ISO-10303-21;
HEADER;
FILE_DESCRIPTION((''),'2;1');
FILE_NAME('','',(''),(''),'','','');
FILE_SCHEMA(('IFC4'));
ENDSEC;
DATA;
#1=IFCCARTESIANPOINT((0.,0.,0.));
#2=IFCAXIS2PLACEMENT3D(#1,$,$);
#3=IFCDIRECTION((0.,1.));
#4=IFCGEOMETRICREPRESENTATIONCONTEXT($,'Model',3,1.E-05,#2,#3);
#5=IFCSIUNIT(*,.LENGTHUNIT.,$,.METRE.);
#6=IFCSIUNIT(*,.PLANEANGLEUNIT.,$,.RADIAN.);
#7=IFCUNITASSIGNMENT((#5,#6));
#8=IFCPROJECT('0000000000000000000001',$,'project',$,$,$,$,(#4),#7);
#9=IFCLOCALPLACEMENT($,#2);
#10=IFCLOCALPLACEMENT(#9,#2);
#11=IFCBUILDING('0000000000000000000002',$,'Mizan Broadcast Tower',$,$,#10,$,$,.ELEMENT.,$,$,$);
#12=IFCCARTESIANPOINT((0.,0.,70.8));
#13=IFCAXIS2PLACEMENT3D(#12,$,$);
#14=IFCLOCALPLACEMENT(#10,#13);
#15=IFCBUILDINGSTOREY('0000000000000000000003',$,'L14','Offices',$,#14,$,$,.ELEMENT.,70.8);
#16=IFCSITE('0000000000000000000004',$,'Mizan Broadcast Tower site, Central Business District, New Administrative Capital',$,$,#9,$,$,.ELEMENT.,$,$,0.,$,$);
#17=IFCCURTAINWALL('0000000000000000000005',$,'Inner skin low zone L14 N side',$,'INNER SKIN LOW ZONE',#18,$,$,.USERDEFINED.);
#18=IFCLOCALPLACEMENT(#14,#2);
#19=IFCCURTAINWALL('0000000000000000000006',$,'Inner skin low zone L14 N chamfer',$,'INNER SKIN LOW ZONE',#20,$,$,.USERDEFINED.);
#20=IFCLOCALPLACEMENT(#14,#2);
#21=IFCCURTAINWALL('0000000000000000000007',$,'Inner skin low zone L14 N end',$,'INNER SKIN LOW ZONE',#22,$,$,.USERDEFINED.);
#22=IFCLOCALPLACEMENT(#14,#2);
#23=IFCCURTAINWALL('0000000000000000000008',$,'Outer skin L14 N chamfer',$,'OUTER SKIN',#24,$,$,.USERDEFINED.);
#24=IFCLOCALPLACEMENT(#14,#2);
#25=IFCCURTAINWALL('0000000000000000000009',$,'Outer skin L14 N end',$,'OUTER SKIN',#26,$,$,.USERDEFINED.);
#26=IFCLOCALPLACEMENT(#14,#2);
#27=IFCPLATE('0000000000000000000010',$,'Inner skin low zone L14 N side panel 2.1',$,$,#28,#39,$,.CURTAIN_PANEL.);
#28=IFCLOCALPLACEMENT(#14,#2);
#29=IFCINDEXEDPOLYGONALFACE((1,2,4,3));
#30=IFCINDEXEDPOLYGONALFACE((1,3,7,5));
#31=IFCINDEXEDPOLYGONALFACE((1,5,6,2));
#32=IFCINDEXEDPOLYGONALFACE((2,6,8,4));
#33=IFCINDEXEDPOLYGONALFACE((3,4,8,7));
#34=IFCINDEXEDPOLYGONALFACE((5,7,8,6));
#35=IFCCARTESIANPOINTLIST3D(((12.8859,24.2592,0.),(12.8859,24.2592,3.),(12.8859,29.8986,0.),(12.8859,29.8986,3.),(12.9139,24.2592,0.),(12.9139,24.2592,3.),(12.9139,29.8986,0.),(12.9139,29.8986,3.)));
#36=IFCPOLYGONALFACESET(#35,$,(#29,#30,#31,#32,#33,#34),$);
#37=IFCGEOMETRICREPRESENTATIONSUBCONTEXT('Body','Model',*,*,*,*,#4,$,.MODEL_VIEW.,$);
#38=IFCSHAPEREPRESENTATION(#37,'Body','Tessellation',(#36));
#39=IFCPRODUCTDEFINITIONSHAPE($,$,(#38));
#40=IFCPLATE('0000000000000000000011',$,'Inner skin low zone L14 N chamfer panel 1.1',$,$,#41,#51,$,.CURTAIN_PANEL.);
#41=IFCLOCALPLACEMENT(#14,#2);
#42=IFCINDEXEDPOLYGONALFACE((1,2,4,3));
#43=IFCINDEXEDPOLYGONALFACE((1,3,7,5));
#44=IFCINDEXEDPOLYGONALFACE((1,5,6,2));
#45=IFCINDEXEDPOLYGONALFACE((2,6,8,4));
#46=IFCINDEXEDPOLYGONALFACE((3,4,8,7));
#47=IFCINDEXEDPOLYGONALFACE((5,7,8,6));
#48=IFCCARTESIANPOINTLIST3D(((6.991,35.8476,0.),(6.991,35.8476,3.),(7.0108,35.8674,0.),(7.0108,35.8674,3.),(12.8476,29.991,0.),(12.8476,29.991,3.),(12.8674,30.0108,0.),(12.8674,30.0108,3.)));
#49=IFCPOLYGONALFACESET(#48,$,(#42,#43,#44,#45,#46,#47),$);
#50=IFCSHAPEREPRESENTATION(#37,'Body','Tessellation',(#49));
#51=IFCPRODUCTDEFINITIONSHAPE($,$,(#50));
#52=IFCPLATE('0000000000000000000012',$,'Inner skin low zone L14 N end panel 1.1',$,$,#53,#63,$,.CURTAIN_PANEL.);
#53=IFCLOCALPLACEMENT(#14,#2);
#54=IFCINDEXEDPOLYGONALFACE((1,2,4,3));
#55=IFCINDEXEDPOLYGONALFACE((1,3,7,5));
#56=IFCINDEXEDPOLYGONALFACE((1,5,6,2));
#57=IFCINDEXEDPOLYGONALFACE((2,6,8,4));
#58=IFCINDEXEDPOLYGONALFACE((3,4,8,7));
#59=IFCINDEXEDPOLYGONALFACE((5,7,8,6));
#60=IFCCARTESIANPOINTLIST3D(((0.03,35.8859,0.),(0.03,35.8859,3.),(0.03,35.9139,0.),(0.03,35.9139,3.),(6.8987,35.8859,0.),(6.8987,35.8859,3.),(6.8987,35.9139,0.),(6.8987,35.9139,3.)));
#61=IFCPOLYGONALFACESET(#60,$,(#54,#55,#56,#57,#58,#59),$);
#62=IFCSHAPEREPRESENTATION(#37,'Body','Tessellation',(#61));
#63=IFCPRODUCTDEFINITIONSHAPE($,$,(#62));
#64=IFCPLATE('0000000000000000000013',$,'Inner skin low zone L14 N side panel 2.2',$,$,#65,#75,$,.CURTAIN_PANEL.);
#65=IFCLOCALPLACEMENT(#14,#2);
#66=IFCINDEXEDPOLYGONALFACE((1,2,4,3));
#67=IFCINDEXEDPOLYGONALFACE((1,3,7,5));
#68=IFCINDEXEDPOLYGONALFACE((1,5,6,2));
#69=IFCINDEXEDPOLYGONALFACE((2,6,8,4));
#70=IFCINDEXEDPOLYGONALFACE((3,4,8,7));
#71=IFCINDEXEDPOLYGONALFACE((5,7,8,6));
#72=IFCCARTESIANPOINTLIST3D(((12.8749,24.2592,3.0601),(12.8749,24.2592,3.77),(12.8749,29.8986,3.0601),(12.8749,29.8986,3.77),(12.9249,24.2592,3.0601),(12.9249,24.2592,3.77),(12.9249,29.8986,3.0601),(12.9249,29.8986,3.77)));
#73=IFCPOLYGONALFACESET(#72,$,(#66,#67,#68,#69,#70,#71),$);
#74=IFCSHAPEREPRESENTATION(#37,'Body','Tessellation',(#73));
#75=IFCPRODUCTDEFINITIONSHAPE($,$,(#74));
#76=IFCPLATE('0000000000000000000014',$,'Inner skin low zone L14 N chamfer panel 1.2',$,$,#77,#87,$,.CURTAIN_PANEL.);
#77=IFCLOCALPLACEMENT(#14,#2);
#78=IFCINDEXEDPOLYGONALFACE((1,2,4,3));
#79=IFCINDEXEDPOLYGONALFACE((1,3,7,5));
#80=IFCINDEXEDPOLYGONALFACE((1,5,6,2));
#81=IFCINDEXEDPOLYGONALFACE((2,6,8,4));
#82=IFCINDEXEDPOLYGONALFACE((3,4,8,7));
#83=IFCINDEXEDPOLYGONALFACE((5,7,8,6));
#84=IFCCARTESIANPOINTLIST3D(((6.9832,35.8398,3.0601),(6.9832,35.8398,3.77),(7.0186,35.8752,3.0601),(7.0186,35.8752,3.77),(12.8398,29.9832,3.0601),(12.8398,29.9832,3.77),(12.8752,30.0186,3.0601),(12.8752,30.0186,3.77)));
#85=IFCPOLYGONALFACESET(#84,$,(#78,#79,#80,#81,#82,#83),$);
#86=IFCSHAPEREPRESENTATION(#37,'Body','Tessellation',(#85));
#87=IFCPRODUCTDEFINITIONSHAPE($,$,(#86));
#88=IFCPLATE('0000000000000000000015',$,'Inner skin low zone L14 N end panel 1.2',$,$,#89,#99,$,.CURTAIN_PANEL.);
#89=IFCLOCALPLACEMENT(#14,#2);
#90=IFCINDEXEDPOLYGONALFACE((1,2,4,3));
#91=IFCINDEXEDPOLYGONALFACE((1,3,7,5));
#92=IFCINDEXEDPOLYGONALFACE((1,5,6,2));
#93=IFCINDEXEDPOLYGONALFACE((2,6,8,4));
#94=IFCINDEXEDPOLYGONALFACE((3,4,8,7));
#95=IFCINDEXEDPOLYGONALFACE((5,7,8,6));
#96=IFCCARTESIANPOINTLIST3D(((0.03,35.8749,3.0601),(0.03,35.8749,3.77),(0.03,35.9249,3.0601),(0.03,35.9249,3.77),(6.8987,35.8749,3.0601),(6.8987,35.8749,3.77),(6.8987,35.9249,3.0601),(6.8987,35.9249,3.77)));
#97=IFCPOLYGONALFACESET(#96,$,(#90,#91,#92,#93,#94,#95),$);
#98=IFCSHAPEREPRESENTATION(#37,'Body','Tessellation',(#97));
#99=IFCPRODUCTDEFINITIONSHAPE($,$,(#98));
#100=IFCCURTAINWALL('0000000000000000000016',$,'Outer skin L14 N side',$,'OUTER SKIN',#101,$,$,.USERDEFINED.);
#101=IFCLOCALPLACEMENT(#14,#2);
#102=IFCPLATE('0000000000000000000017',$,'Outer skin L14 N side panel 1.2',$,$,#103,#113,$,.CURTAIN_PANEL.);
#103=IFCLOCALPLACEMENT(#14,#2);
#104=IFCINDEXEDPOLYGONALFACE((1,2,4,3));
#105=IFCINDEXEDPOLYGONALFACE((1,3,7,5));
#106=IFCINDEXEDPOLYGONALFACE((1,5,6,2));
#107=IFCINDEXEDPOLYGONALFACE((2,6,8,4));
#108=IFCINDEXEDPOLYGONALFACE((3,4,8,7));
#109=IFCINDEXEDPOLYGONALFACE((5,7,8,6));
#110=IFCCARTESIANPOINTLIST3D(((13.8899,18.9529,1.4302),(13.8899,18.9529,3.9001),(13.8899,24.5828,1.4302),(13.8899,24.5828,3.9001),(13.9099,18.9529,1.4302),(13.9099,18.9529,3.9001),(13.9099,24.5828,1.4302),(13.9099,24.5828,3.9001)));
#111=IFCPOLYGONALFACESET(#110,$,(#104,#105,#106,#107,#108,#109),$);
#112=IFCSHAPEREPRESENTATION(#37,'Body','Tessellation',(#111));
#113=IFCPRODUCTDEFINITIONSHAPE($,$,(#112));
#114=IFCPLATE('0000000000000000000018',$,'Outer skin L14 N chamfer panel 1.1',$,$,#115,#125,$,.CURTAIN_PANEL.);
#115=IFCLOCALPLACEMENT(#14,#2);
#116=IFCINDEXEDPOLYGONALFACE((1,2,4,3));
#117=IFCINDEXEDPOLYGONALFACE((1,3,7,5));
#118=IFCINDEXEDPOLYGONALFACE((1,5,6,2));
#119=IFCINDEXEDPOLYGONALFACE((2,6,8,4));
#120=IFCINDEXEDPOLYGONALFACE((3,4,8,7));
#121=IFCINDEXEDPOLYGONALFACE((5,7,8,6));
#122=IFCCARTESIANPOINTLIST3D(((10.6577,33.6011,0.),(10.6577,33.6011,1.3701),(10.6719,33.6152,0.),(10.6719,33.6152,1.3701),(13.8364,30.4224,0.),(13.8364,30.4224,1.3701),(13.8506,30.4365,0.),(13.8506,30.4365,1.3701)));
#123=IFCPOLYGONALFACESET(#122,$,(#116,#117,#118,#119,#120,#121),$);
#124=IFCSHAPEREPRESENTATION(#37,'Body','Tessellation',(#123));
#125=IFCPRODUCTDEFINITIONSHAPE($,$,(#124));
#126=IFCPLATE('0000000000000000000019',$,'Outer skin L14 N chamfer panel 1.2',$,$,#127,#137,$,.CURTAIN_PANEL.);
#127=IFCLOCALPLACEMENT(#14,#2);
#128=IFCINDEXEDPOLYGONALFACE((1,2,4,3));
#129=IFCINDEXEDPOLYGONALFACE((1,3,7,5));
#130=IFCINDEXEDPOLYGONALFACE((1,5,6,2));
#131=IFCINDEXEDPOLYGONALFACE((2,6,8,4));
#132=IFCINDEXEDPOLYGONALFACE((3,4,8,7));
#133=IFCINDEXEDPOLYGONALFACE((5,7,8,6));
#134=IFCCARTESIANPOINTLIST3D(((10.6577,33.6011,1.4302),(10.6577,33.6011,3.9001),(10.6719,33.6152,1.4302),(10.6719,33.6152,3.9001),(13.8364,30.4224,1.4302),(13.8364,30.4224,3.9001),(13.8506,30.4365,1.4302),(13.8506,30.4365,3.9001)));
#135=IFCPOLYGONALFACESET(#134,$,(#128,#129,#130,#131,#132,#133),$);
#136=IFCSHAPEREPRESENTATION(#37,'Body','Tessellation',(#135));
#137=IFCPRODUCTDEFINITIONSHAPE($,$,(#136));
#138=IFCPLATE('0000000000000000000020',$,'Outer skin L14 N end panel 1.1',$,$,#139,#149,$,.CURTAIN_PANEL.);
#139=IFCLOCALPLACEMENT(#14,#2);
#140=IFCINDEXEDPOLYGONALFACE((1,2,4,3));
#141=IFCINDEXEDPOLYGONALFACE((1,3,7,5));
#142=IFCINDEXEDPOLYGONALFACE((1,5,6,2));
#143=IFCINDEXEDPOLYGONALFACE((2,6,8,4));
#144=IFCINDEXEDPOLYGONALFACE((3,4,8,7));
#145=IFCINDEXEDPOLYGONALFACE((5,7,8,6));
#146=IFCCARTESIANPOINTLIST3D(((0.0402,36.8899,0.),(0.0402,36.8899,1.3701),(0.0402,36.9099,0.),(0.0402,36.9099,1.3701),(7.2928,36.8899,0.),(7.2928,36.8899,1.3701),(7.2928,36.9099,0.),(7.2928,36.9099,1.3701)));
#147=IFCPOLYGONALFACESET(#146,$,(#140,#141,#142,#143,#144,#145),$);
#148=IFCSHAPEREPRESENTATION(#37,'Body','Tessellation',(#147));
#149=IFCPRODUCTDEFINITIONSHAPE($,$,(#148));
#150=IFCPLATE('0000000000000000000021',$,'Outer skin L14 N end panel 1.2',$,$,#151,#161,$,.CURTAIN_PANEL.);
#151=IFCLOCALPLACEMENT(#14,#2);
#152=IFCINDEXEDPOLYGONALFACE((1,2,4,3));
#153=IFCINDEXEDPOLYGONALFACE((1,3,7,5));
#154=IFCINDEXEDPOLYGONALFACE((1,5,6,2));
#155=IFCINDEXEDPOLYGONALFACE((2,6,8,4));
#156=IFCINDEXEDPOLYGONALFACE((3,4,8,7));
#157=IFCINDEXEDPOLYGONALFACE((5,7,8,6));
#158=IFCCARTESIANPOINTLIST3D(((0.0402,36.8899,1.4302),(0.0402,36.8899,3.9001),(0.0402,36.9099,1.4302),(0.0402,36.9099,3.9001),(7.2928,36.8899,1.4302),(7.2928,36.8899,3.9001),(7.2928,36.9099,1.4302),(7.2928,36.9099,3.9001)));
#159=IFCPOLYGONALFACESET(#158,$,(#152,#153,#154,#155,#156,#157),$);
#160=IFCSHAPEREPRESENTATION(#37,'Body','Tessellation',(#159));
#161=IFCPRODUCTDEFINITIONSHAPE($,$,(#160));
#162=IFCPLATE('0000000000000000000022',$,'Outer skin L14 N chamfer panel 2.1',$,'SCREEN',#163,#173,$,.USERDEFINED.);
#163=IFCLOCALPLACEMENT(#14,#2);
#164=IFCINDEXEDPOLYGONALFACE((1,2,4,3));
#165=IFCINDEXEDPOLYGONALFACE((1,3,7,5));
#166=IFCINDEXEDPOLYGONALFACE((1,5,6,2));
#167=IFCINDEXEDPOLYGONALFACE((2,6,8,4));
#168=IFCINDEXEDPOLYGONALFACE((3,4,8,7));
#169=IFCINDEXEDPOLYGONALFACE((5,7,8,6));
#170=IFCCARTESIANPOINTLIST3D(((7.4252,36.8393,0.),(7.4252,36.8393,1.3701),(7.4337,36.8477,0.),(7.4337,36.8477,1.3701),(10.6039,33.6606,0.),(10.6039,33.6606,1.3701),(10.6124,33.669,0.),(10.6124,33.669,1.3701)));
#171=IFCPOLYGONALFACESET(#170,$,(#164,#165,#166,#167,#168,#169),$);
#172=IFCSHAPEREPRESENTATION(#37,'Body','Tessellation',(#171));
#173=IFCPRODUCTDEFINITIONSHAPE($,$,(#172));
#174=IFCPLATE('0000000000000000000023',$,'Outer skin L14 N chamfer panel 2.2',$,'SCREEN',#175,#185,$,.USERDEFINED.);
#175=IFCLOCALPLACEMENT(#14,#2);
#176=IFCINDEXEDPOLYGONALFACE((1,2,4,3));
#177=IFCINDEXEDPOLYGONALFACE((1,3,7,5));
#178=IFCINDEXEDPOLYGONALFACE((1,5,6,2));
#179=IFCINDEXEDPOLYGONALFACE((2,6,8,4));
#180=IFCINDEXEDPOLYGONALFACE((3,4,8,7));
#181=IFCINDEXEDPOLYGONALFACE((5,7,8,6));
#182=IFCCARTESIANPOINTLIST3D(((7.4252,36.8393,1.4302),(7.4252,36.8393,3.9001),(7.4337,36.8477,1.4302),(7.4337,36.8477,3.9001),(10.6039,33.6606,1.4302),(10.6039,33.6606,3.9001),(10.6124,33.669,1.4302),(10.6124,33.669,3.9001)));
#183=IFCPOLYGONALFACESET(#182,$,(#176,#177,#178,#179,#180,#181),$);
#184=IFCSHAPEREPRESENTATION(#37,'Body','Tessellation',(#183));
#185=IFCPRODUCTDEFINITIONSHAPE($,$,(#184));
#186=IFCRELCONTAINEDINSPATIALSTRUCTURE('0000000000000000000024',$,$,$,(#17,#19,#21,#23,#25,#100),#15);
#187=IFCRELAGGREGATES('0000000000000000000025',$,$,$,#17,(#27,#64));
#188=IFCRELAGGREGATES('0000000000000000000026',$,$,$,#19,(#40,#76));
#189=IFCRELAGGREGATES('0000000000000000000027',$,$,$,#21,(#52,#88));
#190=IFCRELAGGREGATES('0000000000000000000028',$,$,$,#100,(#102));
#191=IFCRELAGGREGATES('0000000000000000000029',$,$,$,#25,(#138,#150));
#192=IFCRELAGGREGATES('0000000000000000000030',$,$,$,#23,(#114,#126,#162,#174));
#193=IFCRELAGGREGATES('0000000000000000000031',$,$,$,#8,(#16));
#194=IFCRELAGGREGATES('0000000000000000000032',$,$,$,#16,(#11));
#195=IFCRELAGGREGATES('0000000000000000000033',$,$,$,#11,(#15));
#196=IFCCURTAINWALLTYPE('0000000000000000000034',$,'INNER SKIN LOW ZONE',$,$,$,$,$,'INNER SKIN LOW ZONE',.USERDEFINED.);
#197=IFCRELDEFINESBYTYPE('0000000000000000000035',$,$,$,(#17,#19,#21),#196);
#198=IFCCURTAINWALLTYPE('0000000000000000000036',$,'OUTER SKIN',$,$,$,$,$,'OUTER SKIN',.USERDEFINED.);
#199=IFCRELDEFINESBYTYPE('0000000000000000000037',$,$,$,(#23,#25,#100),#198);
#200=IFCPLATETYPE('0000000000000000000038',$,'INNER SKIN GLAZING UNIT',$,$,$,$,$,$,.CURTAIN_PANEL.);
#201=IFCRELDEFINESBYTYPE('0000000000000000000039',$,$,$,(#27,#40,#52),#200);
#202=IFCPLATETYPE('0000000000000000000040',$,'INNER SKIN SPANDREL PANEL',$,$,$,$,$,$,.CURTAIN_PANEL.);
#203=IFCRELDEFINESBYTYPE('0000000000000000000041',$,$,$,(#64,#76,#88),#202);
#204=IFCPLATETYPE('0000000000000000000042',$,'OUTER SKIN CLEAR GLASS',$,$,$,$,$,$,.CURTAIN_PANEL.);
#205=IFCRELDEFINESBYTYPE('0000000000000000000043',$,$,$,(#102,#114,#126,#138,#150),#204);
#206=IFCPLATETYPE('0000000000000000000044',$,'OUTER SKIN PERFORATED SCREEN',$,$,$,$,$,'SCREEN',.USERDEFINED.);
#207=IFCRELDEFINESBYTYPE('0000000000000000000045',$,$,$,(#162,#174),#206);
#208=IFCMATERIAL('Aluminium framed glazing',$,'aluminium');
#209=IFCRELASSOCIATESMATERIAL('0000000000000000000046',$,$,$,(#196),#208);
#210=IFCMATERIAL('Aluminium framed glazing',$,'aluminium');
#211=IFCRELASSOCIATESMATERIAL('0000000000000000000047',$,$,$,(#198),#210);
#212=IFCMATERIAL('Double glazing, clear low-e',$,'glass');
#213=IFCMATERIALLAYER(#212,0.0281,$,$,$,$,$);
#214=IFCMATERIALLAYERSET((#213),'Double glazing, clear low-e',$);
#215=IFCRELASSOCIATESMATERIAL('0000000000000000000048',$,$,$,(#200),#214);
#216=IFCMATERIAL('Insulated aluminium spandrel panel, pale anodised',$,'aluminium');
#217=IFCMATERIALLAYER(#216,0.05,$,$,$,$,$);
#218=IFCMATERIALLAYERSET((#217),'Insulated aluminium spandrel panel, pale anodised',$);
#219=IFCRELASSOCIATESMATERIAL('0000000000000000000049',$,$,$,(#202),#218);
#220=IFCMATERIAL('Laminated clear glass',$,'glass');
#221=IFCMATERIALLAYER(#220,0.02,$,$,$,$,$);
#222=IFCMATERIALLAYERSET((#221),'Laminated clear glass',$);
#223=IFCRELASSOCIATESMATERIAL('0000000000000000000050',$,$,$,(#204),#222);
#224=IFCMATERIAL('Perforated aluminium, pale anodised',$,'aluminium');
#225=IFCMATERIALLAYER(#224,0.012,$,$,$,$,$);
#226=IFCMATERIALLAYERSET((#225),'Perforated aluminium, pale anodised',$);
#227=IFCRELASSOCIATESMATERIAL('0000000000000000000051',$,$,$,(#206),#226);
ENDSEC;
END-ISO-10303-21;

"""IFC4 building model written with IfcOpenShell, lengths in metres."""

from ifc_helpers import new_model, si_unit, direction, frame, origin, origin_2d, place, context, subcontext, project, spatial, rectangle, extrude, material, layer, layer_set, type_object, element, aggregate, save


model = new_model("IFC4")

# Units and contexts
model_context = context("Model", 3, precision=1e-05, world=origin(), true_north=direction((0.0, 1.0)))
body_context = subcontext(model_context, "Body", "Model", "MODEL_VIEW")
ifc_project = project(units=[si_unit("LENGTHUNIT", "METRE"), si_unit("PLANEANGLEUNIT", "RADIAN")], contexts=[model_context])

# Site, building, storey
site_placement = place(None, origin())
site = spatial("IfcSite", under=ifc_project, at=site_placement, Name="Mizan Broadcast Tower site, Central Business District, New Administrative Capital", CompositionType="ELEMENT", RefElevation=0.0)
building_placement = place(site_placement, origin())
building = spatial("IfcBuilding", under=site, at=building_placement, Name="Mizan Broadcast Tower", CompositionType="ELEMENT")
storey_placement = place(building_placement, frame((0.0, 0.0, 70.8)))
storey = spatial("IfcBuildingStorey", under=building, at=storey_placement, Name="L14", Description="Offices", CompositionType="ELEMENT", Elevation=70.8)

# Curtain wall
ifc_material_1 = material(Name="Aluminium framed glazing", Category="aluminium")
curtain_wall_type_1 = type_object("IfcCurtainWallType", Name="INNER SKIN LOW ZONE", ElementType="INNER SKIN LOW ZONE", PredefinedType="USERDEFINED", material=ifc_material_1)
curtain_wall_1_placement = place(storey_placement, origin())
curtain_wall_1 = element("IfcCurtainWall", 1, at=curtain_wall_1_placement, inside=storey, type_object=curtain_wall_type_1, Name="Inner skin low zone L14 N side", ObjectType="INNER SKIN LOW ZONE", PredefinedType="USERDEFINED")

# Curtain walls
curtain_wall_2_placement = place(storey_placement, origin())
curtain_wall_2 = element("IfcCurtainWall", 2, at=curtain_wall_2_placement, inside=storey, type_object=curtain_wall_type_1, Name="Inner skin low zone L14 N chamfer", ObjectType="INNER SKIN LOW ZONE", PredefinedType="USERDEFINED")
curtain_wall_3_placement = place(storey_placement, origin())
curtain_wall_3 = element("IfcCurtainWall", 3, at=curtain_wall_3_placement, inside=storey, type_object=curtain_wall_type_1, Name="Inner skin low zone L14 N end", ObjectType="INNER SKIN LOW ZONE", PredefinedType="USERDEFINED")

# Curtain wall
ifc_material_2 = material(Name="Aluminium framed glazing", Category="aluminium")
curtain_wall_type_2 = type_object("IfcCurtainWallType", Name="OUTER SKIN", ElementType="OUTER SKIN", PredefinedType="USERDEFINED", material=ifc_material_2)
curtain_wall_4_placement = place(storey_placement, origin())
curtain_wall_4 = element("IfcCurtainWall", 4, at=curtain_wall_4_placement, inside=storey, type_object=curtain_wall_type_2, Name="Outer skin L14 N chamfer", ObjectType="OUTER SKIN", PredefinedType="USERDEFINED")

# Curtain wall
curtain_wall_5_placement = place(storey_placement, origin())
curtain_wall_5 = element("IfcCurtainWall", 5, at=curtain_wall_5_placement, inside=storey, type_object=curtain_wall_type_2, Name="Outer skin L14 N end", ObjectType="OUTER SKIN", PredefinedType="USERDEFINED")

# Plates
ifc_material_3 = material(Name="Double glazing, clear low-e", Category="glass")
ifc_layer_1 = layer(ifc_material_3, 0.0281)
ifc_layer_set_1 = layer_set([ifc_layer_1], Name="Double glazing, clear low-e")
plate_type_1 = type_object("IfcPlateType", Name="INNER SKIN GLAZING UNIT", PredefinedType="CURTAIN_PANEL", material=ifc_layer_set_1)
plate_1_placement = place(storey_placement, frame((12.8999, 27.0789, 0.0), z_axis=(0.0, 0.0, 1.0), x_axis=(0.0, 1.0, 0.0)))
plate_1 = element("IfcPlate", 6, at=plate_1_placement, type_object=plate_type_1, Name="Inner skin low zone L14 N side panel 2.1", PredefinedType="CURTAIN_PANEL", context=body_context, shape_type="SweptSolid", body=[
    extrude(rectangle(XDim=5.6394, YDim=0.0281, at=origin_2d()), origin(), (0.0, 0.0, 1.0), 3.0),
])
plate_2_placement = place(storey_placement, frame((9.9292, 32.9292, 0.0), z_axis=(0.0, 0.0, 1.0), x_axis=(-0.707107, 0.707107, 0.0)))
plate_2 = element("IfcPlate", 7, at=plate_2_placement, type_object=plate_type_1, Name="Inner skin low zone L14 N chamfer panel 1.1", PredefinedType="CURTAIN_PANEL", context=body_context, shape_type="SweptSolid", body=[
    extrude(rectangle(XDim=8.2825, YDim=0.0281, at=origin_2d()), origin(), (0.0, 0.0, 1.0), 3.0),
])
plate_3_placement = place(storey_placement, frame((3.4644, 35.8999, 0.0), z_axis=(0.0, 0.0, 1.0), x_axis=(-1.0, 0.0, 0.0)))
plate_3 = element("IfcPlate", 8, at=plate_3_placement, type_object=plate_type_1, Name="Inner skin low zone L14 N end panel 1.1", PredefinedType="CURTAIN_PANEL", context=body_context, shape_type="SweptSolid", body=[
    extrude(rectangle(XDim=6.8687, YDim=0.0281, at=origin_2d()), origin(), (0.0, 0.0, 1.0), 3.0),
])
ifc_material_4 = material(Name="Insulated aluminium spandrel panel, pale anodised", Category="aluminium")
ifc_layer_2 = layer(ifc_material_4, 0.05)
ifc_layer_set_2 = layer_set([ifc_layer_2], Name="Insulated aluminium spandrel panel, pale anodised")
plate_type_2 = type_object("IfcPlateType", Name="INNER SKIN SPANDREL PANEL", PredefinedType="CURTAIN_PANEL", material=ifc_layer_set_2)
plate_4_placement = place(storey_placement, frame((12.8999, 27.0789, 3.0601), z_axis=(0.0, 0.0, 1.0), x_axis=(0.0, 1.0, 0.0)))
plate_4 = element("IfcPlate", 9, at=plate_4_placement, type_object=plate_type_2, Name="Inner skin low zone L14 N side panel 2.2", PredefinedType="CURTAIN_PANEL", context=body_context, shape_type="SweptSolid", body=[
    extrude(rectangle(XDim=5.6394, YDim=0.05, at=origin_2d()), origin(), (0.0, 0.0, 1.0), 0.71),
])
aggregate(curtain_wall_1, [plate_1, plate_4])
plate_5_placement = place(storey_placement, frame((9.9292, 32.9292, 3.0601), z_axis=(0.0, 0.0, 1.0), x_axis=(-0.707107, 0.707107, 0.0)))
plate_5 = element("IfcPlate", 10, at=plate_5_placement, type_object=plate_type_2, Name="Inner skin low zone L14 N chamfer panel 1.2", PredefinedType="CURTAIN_PANEL", context=body_context, shape_type="SweptSolid", body=[
    extrude(rectangle(XDim=8.2825, YDim=0.05, at=origin_2d()), origin(), (0.0, 0.0, 1.0), 0.71),
])
aggregate(curtain_wall_2, [plate_2, plate_5])
plate_6_placement = place(storey_placement, frame((3.4644, 35.8999, 3.0601), z_axis=(0.0, 0.0, 1.0), x_axis=(-1.0, 0.0, 0.0)))
plate_6 = element("IfcPlate", 11, at=plate_6_placement, type_object=plate_type_2, Name="Inner skin low zone L14 N end panel 1.2", PredefinedType="CURTAIN_PANEL", context=body_context, shape_type="SweptSolid", body=[
    extrude(rectangle(XDim=6.8687, YDim=0.05, at=origin_2d()), origin(), (0.0, 0.0, 1.0), 0.71),
])
aggregate(curtain_wall_3, [plate_3, plate_6])

# Curtain wall, plate
curtain_wall_6_placement = place(storey_placement, origin())
curtain_wall_6 = element("IfcCurtainWall", 12, at=curtain_wall_6_placement, inside=storey, type_object=curtain_wall_type_2, Name="Outer skin L14 N side", ObjectType="OUTER SKIN", PredefinedType="USERDEFINED")
ifc_material_5 = material(Name="Laminated clear glass", Category="glass")
ifc_layer_3 = layer(ifc_material_5, 0.02)
ifc_layer_set_3 = layer_set([ifc_layer_3], Name="Laminated clear glass")
plate_type_3 = type_object("IfcPlateType", Name="OUTER SKIN CLEAR GLASS", PredefinedType="CURTAIN_PANEL", material=ifc_layer_set_3)
plate_7_placement = place(storey_placement, frame((13.8999, 21.7678, 1.4302), z_axis=(0.0, 0.0, 1.0), x_axis=(0.0, 1.0, 0.0)))
plate_7 = element("IfcPlate", 13, at=plate_7_placement, type_object=plate_type_3, Name="Outer skin L14 N side panel 1.2", PredefinedType="CURTAIN_PANEL", context=body_context, shape_type="SweptSolid", body=[
    extrude(rectangle(XDim=5.6299, YDim=0.02, at=origin_2d()), origin(), (0.0, 0.0, 1.0), 2.47),
])
aggregate(curtain_wall_6, [plate_7])

# Plates
plate_8_placement = place(storey_placement, frame((12.2542, 32.0188, 0.0), z_axis=(0.0, 0.0, 1.0), x_axis=(-0.707107, 0.707107, 0.0)))
plate_8 = element("IfcPlate", 14, at=plate_8_placement, type_object=plate_type_3, Name="Outer skin L14 N chamfer panel 1.1", PredefinedType="CURTAIN_PANEL", context=body_context, shape_type="SweptSolid", body=[
    extrude(rectangle(XDim=4.4954, YDim=0.02, at=origin_2d()), origin(), (0.0, 0.0, 1.0), 1.3701),
])
plate_9_placement = place(storey_placement, frame((12.2542, 32.0188, 1.4302), z_axis=(0.0, 0.0, 1.0), x_axis=(-0.707107, 0.707107, 0.0)))
plate_9 = element("IfcPlate", 15, at=plate_9_placement, type_object=plate_type_3, Name="Outer skin L14 N chamfer panel 1.2", PredefinedType="CURTAIN_PANEL", context=body_context, shape_type="SweptSolid", body=[
    extrude(rectangle(XDim=4.4954, YDim=0.02, at=origin_2d()), origin(), (0.0, 0.0, 1.0), 2.47),
])
plate_10_placement = place(storey_placement, frame((3.6665, 36.8999, 0.0), z_axis=(0.0, 0.0, 1.0), x_axis=(-1.0, 0.0, 0.0)))
plate_10 = element("IfcPlate", 16, at=plate_10_placement, type_object=plate_type_3, Name="Outer skin L14 N end panel 1.1", PredefinedType="CURTAIN_PANEL", context=body_context, shape_type="SweptSolid", body=[
    extrude(rectangle(XDim=7.2527, YDim=0.02, at=origin_2d()), origin(), (0.0, 0.0, 1.0), 1.3701),
])
plate_11_placement = place(storey_placement, frame((3.6665, 36.8999, 1.4302), z_axis=(0.0, 0.0, 1.0), x_axis=(-1.0, 0.0, 0.0)))
plate_11 = element("IfcPlate", 17, at=plate_11_placement, type_object=plate_type_3, Name="Outer skin L14 N end panel 1.2", PredefinedType="CURTAIN_PANEL", context=body_context, shape_type="SweptSolid", body=[
    extrude(rectangle(XDim=7.2527, YDim=0.02, at=origin_2d()), origin(), (0.0, 0.0, 1.0), 2.47),
])
aggregate(curtain_wall_5, [plate_10, plate_11])
ifc_material_6 = material(Name="Perforated aluminium, pale anodised", Category="aluminium")
ifc_layer_4 = layer(ifc_material_6, 0.012)
ifc_layer_set_4 = layer_set([ifc_layer_4], Name="Perforated aluminium, pale anodised")
plate_type_4 = type_object("IfcPlateType", Name="OUTER SKIN PERFORATED SCREEN", ElementType="SCREEN", PredefinedType="USERDEFINED", material=ifc_layer_set_4)
plate_12_placement = place(storey_placement, frame((9.0188, 35.2542, 0.0), z_axis=(0.0, 0.0, 1.0), x_axis=(-0.707107, 0.707107, 0.0)))
plate_12 = element("IfcPlate", 18, at=plate_12_placement, type_object=plate_type_4, Name="Outer skin L14 N chamfer panel 2.1", ObjectType="SCREEN", PredefinedType="USERDEFINED", context=body_context, shape_type="SweptSolid", body=[
    extrude(rectangle(XDim=4.4954, YDim=0.012, at=origin_2d()), origin(), (0.0, 0.0, 1.0), 1.3701),
])
plate_13_placement = place(storey_placement, frame((9.0188, 35.2542, 1.4302), z_axis=(0.0, 0.0, 1.0), x_axis=(-0.707107, 0.707107, 0.0)))
plate_13 = element("IfcPlate", 19, at=plate_13_placement, type_object=plate_type_4, Name="Outer skin L14 N chamfer panel 2.2", ObjectType="SCREEN", PredefinedType="USERDEFINED", context=body_context, shape_type="SweptSolid", body=[
    extrude(rectangle(XDim=4.4954, YDim=0.012, at=origin_2d()), origin(), (0.0, 0.0, 1.0), 2.47),
])
aggregate(curtain_wall_4, [plate_8, plate_9, plate_12, plate_13])

save(model, "model.ifc")
